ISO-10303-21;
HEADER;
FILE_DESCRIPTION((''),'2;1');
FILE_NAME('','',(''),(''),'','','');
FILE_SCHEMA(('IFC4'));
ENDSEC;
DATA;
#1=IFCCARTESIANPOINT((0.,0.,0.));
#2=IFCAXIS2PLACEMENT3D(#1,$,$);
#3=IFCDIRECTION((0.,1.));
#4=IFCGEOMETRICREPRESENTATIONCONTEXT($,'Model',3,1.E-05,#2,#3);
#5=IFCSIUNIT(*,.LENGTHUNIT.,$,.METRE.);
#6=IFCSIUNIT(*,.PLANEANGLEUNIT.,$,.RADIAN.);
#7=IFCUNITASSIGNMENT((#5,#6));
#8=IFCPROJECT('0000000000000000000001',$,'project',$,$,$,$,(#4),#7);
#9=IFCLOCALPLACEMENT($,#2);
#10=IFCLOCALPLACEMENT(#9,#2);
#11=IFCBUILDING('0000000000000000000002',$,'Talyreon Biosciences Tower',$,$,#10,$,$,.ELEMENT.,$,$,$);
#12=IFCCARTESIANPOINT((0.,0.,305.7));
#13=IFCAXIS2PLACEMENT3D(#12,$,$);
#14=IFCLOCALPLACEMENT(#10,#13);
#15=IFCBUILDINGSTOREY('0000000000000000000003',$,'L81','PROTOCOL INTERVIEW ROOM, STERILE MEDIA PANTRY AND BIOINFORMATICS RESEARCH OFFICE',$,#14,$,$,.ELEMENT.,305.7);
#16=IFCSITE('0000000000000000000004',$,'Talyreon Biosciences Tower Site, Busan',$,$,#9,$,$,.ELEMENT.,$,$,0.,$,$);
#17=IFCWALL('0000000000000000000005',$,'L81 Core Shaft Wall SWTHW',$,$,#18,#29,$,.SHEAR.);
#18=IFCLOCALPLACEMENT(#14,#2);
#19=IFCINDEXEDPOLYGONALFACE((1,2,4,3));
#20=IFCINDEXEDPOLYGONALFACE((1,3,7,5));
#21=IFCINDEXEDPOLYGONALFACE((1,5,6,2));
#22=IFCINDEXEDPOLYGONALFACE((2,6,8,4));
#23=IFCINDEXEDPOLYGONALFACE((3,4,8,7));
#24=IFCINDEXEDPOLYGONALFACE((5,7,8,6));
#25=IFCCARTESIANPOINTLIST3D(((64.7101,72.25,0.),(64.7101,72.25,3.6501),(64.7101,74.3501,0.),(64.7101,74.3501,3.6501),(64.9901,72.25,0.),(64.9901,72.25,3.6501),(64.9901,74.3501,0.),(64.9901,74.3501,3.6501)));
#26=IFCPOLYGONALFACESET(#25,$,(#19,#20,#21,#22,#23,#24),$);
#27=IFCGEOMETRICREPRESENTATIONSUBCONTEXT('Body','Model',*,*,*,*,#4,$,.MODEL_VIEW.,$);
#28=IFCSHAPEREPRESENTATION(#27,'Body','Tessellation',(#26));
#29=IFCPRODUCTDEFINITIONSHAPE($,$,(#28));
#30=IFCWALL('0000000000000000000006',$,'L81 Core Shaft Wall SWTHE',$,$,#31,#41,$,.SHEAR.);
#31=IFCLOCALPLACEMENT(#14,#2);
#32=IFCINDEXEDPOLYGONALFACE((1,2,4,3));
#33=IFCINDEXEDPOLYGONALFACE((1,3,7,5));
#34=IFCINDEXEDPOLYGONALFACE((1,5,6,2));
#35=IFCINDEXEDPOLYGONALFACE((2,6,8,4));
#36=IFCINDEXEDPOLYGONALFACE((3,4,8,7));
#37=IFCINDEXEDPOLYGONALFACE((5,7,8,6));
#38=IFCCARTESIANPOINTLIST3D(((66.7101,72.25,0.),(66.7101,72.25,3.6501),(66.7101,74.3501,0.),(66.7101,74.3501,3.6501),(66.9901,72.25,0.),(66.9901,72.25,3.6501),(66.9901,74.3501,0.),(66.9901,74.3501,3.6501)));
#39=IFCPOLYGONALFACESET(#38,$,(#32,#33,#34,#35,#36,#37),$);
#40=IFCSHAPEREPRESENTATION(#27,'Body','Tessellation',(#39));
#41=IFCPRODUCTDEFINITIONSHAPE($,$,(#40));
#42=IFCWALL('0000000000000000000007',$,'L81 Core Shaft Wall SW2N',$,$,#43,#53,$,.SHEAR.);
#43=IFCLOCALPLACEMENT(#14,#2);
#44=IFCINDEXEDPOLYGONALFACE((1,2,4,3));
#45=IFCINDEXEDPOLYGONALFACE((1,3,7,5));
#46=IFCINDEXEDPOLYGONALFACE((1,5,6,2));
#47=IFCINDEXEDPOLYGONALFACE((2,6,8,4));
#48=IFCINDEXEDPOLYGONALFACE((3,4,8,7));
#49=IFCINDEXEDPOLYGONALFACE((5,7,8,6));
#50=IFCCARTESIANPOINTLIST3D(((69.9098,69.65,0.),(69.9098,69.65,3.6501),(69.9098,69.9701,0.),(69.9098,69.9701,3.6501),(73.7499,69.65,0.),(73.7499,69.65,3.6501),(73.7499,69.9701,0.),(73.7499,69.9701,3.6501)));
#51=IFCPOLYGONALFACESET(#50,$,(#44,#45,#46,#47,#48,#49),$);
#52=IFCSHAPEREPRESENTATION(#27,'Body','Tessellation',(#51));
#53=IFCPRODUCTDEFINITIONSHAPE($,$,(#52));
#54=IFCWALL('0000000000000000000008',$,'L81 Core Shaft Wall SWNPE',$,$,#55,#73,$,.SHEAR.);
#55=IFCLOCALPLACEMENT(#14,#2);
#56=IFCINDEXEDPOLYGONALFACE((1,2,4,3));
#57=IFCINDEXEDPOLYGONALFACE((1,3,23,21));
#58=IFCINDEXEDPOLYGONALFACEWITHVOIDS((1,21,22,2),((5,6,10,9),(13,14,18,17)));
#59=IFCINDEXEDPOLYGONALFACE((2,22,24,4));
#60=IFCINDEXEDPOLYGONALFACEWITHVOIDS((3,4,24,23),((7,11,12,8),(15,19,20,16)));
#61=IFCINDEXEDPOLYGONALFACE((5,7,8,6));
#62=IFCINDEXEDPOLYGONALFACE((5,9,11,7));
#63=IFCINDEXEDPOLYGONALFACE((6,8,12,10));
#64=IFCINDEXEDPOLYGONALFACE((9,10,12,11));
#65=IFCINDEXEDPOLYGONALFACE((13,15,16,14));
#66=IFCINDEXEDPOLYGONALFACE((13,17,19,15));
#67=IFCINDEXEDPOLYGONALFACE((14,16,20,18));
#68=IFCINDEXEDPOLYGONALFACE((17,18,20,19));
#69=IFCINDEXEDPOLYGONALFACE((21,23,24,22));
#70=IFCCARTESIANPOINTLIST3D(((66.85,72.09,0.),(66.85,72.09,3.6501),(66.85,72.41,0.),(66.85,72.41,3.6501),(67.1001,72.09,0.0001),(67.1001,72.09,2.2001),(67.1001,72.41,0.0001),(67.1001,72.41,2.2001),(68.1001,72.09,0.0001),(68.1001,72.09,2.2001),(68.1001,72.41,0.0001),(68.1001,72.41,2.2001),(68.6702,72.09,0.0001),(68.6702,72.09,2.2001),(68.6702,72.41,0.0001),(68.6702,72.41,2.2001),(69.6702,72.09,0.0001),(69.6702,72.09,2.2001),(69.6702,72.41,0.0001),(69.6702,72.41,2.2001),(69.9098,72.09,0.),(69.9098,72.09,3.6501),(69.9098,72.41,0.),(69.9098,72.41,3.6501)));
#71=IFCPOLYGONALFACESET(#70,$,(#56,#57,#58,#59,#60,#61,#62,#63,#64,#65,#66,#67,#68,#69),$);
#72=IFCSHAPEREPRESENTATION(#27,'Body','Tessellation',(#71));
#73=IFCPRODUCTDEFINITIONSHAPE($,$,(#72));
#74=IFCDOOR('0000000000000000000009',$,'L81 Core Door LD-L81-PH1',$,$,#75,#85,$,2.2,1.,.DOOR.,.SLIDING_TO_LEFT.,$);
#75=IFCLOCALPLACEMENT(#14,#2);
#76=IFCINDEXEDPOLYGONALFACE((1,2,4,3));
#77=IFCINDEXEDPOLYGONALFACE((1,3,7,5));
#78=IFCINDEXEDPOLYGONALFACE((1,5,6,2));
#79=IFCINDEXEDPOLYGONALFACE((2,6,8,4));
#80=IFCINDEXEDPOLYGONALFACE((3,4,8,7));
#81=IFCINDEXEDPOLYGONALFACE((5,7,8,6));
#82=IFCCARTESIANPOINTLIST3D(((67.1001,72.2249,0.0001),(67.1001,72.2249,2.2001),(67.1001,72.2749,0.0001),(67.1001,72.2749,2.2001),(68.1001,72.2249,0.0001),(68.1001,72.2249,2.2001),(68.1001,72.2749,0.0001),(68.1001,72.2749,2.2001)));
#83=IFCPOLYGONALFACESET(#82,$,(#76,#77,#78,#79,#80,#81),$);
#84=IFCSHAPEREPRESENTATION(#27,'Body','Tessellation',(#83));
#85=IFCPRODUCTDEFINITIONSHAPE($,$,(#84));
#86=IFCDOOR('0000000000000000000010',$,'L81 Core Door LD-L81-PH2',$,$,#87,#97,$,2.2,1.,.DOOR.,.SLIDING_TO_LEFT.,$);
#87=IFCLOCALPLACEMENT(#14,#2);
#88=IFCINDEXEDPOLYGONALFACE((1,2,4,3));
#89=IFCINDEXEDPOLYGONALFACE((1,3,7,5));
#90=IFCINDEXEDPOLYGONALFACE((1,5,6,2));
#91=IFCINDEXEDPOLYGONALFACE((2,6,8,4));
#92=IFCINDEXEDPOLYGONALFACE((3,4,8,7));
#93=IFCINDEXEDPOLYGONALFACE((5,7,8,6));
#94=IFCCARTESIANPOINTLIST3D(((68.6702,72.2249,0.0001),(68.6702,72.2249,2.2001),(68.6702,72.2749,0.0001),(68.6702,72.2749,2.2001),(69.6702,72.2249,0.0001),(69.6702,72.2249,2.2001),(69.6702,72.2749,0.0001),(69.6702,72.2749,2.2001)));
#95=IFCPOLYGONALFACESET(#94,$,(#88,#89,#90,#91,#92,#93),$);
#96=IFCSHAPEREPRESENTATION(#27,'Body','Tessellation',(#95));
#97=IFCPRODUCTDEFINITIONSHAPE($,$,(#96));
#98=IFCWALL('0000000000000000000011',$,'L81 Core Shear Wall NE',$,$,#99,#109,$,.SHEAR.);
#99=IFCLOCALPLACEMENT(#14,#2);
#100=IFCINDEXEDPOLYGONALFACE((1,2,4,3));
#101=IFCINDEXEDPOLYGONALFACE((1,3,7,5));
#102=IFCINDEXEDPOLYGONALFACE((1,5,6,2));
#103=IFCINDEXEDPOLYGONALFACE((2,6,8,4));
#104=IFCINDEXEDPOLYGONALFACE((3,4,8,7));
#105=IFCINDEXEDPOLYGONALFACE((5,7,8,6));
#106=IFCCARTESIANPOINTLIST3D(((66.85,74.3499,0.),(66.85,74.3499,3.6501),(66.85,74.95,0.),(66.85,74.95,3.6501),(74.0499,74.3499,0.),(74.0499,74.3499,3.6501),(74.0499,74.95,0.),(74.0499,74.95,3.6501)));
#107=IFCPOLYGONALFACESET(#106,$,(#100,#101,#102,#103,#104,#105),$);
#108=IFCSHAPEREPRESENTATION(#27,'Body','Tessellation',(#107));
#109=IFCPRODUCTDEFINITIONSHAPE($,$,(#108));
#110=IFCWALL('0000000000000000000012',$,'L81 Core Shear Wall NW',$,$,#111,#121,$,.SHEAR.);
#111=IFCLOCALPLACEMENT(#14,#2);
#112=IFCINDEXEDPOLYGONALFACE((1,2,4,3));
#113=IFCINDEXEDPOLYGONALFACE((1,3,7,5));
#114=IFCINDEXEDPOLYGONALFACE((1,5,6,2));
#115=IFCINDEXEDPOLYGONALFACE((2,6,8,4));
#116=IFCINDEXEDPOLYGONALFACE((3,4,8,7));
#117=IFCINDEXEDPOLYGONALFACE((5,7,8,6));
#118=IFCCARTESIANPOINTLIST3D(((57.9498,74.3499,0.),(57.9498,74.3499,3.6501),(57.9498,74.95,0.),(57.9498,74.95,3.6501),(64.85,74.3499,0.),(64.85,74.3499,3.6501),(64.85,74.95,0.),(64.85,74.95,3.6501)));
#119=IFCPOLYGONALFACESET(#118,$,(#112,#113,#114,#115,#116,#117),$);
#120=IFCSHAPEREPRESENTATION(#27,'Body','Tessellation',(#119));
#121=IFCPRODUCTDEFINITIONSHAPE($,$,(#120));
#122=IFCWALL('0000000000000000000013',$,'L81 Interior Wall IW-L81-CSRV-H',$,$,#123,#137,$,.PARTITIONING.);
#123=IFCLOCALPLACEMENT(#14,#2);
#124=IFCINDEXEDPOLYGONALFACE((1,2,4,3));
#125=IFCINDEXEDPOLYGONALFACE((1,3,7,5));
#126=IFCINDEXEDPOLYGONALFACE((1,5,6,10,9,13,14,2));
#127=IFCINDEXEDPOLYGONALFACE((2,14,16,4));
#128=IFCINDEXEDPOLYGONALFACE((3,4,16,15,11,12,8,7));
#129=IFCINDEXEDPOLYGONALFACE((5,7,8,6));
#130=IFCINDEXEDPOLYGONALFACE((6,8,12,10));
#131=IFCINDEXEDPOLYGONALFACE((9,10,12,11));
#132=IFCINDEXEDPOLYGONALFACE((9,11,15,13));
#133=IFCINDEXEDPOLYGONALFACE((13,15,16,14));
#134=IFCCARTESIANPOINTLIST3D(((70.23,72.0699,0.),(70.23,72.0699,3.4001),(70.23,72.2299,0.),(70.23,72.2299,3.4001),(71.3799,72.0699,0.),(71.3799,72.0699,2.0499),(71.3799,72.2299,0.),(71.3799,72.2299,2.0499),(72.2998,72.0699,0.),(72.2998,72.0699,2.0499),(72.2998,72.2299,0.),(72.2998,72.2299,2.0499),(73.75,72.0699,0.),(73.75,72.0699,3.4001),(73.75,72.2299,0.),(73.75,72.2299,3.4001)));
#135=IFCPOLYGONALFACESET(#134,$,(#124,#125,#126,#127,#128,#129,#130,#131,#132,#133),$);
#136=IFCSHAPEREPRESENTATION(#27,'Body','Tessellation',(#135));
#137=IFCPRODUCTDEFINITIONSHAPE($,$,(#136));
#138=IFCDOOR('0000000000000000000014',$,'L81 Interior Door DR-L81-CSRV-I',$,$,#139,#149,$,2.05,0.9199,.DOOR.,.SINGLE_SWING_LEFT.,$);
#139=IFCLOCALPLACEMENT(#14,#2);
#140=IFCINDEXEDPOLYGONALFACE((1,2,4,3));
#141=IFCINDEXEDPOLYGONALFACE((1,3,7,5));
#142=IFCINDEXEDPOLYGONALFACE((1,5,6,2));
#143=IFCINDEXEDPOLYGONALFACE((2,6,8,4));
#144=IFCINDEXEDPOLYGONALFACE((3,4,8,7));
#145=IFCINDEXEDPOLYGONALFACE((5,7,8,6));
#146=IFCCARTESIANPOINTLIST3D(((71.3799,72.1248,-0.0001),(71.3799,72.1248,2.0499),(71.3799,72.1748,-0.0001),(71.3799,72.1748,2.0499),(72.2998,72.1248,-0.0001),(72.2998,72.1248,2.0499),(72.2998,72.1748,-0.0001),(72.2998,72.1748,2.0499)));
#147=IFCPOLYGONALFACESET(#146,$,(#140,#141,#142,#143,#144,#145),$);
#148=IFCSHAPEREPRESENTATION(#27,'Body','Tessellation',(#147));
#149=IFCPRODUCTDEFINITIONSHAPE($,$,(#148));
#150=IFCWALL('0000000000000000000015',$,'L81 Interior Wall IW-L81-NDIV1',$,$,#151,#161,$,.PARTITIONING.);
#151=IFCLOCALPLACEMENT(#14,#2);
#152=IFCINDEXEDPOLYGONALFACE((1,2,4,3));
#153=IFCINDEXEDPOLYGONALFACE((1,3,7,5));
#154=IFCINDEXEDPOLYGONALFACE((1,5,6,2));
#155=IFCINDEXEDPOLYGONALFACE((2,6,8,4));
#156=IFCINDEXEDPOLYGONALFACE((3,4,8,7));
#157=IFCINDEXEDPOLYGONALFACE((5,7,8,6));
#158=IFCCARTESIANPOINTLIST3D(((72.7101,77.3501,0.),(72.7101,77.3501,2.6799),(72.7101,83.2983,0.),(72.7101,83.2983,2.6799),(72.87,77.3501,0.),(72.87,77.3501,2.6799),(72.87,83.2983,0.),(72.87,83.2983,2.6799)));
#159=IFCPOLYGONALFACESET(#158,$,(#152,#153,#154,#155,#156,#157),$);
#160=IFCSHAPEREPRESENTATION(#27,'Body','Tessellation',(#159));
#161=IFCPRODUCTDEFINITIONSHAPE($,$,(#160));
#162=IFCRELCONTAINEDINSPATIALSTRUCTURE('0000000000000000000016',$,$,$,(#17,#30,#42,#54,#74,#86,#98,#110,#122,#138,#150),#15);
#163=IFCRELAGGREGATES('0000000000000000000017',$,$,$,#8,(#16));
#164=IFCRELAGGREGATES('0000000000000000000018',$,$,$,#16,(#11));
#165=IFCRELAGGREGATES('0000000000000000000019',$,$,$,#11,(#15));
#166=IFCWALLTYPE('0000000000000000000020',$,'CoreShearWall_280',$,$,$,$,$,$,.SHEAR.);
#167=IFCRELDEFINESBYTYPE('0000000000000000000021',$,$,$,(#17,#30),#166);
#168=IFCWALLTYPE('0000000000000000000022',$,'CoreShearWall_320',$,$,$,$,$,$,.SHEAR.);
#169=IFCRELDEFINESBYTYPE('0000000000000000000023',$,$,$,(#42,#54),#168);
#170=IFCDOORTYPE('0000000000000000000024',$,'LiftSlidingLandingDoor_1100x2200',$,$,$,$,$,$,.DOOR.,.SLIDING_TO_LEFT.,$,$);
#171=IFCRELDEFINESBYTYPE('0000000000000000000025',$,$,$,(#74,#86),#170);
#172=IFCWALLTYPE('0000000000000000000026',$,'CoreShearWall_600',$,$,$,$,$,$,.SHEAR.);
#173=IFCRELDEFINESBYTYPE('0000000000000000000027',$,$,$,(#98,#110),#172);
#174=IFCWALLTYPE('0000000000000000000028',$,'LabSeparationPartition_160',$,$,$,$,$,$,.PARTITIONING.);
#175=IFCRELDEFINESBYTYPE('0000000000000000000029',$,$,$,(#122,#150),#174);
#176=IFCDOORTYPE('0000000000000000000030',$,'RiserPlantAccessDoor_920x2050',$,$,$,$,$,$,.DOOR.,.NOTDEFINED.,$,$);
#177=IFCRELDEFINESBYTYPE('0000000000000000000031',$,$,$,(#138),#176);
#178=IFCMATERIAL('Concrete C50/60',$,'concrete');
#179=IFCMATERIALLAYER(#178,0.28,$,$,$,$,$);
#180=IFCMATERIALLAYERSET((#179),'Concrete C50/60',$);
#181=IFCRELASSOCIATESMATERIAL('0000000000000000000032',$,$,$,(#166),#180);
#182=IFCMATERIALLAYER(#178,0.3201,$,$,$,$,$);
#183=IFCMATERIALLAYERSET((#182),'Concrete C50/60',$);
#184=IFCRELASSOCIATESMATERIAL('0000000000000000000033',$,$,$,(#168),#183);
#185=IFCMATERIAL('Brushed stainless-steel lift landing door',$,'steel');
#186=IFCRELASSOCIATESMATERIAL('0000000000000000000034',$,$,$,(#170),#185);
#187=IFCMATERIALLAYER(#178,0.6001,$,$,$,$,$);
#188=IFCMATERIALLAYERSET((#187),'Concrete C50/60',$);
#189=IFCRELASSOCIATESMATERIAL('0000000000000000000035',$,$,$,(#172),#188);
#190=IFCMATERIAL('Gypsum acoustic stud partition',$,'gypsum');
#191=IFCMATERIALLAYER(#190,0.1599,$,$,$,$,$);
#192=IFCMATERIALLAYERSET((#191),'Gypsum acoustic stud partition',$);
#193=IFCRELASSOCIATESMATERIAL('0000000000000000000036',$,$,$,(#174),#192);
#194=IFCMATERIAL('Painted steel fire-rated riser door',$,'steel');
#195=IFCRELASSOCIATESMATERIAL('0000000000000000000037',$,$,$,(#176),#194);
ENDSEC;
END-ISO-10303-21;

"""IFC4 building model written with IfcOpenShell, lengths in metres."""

from ifc_helpers import new_model, si_unit, direction, frame, frame_2d, origin, place, context, subcontext, project, spatial, rectangle, extrude, material, layer, layer_set, type_object, element, fill, save


model = new_model("IFC4")

# Units and contexts
model_context = context("Model", 3, precision=1e-05, world=origin(), true_north=direction((0.0, 1.0)))
body_context = subcontext(model_context, "Body", "Model", "MODEL_VIEW")
ifc_project = project(units=[si_unit("LENGTHUNIT", "METRE"), si_unit("PLANEANGLEUNIT", "RADIAN")], contexts=[model_context])

# Site, building, storey
site_placement = place(None, origin())
site = spatial("IfcSite", under=ifc_project, at=site_placement, Name="Talyreon Biosciences Tower Site, Busan", CompositionType="ELEMENT", RefElevation=0.0)
building_placement = place(site_placement, origin())
building = spatial("IfcBuilding", under=site, at=building_placement, Name="Talyreon Biosciences Tower", CompositionType="ELEMENT")
storey_placement = place(building_placement, frame((0.0, 0.0, 305.7)))
storey = spatial("IfcBuildingStorey", under=building, at=storey_placement, Name="L81", Description="PROTOCOL INTERVIEW ROOM, STERILE MEDIA PANTRY AND BIOINFORMATICS RESEARCH OFFICE", CompositionType="ELEMENT", Elevation=305.7)

# Shared definitions
ifc_material_1 = material(Name="Concrete C50/60", Category="concrete")

# Walls
ifc_layer_1 = layer(ifc_material_1, 0.28)
ifc_layer_set_1 = layer_set([ifc_layer_1], Name="Concrete C50/60")
wall_type_1 = type_object("IfcWallType", Name="CoreShearWall_280", PredefinedType="SHEAR", material=ifc_layer_set_1)
for number, where, z_axis, x_axis, name in (
    (1, (64.8501, 72.25, 0.0), (0.0, 0.0, 1.0), (0.0, 1.0, 0.0), "L81 Core Shaft Wall SWTHW"),
    (2, (66.8501, 72.25, 0.0), (0.0, 0.0, 1.0), (0.0, 1.0, 0.0), "L81 Core Shaft Wall SWTHE"),
):
    element("IfcWall", number, at=place(storey_placement, frame(where, z_axis=z_axis, x_axis=x_axis)), inside=storey, type_object=wall_type_1, Name=name, PredefinedType="SHEAR", context=body_context, shape_type="SweptSolid", body=[
        extrude(rectangle(XDim=2.1001, YDim=0.28, at=frame_2d((1.05, 0.0))), origin(), (0.0, 0.0, 1.0), 3.6501),
    ])
ifc_layer_2 = layer(ifc_material_1, 0.3201)
ifc_layer_set_2 = layer_set([ifc_layer_2], Name="Concrete C50/60")
wall_type_2 = type_object("IfcWallType", Name="CoreShearWall_320", PredefinedType="SHEAR", material=ifc_layer_set_2)
wall_1_placement = place(storey_placement, frame((69.9099, 69.8101, 0.0), z_axis=(0.0, 0.0, 1.0), x_axis=(1.0, 0.0, 0.0)))
element("IfcWall", 3, at=wall_1_placement, inside=storey, type_object=wall_type_2, Name="L81 Core Shaft Wall SW2N", PredefinedType="SHEAR", context=body_context, shape_type="SweptSolid", body=[
    extrude(rectangle(XDim=3.8401, YDim=0.3201, at=frame_2d((1.9199, 0.0))), origin(), (0.0, 0.0, 1.0), 3.6501),
])

# Wall, openings, doors
wall_2_placement = place(storey_placement, frame((66.8501, 72.25, 0.0), z_axis=(0.0, 0.0, 1.0), x_axis=(1.0, 0.0, 0.0)))
wall_2 = element("IfcWall", 4, at=wall_2_placement, inside=storey, type_object=wall_type_2, Name="L81 Core Shaft Wall SWNPE", PredefinedType="SHEAR", context=body_context, shape_type="SweptSolid", body=[
    extrude(rectangle(XDim=3.0598, YDim=0.3201, at=frame_2d((1.5298, 0.0))), origin(), (0.0, 0.0, 1.0), 3.6501),
])
opening_1_placement = place(wall_2_placement, frame((0.25, 0.0, 0.0)))
opening_1 = element("IfcOpeningElement", 5, at=opening_1_placement, cuts=wall_2, PredefinedType="OPENING", context=body_context, shape_type="SweptSolid", body=[
    extrude(rectangle(XDim=1.0, YDim=2.2, at=frame_2d((0.5, 1.1001))), frame((0.0, 0.1699, 0.0), z_axis=(0.0, -1.0, 0.0), x_axis=(1.0, 0.0, 0.0)), (0.0, 0.0, 1.0), 0.3401),
])
opening_2_placement = place(wall_2_placement, frame((1.8201, 0.0, 0.0)))
opening_2 = element("IfcOpeningElement", 6, at=opening_2_placement, cuts=wall_2, PredefinedType="OPENING", context=body_context, shape_type="SweptSolid", body=[
    extrude(rectangle(XDim=1.0, YDim=2.2, at=frame_2d((0.5, 1.1001))), frame((0.0, 0.1699, 0.0), z_axis=(0.0, -1.0, 0.0), x_axis=(1.0, 0.0, 0.0)), (0.0, 0.0, 1.0), 0.3401),
])
ifc_material_2 = material(Name="Brushed stainless-steel lift landing door", Category="steel")
door_type_1 = type_object("IfcDoorType", Name="LiftSlidingLandingDoor_1100x2200", OperationType="SLIDING_TO_LEFT", PredefinedType="DOOR", material=ifc_material_2)
door_1_placement = place(opening_1_placement, origin())
door_1 = element("IfcDoor", 7, at=door_1_placement, inside=storey, type_object=door_type_1, Name="L81 Core Door LD-L81-PH1", OperationType="SLIDING_TO_LEFT", OverallHeight=2.2, OverallWidth=1.0, PredefinedType="DOOR", context=body_context, shape_type="SweptSolid", body=[
    extrude(rectangle(XDim=1.0, YDim=2.2, at=frame_2d((0.5, 1.1001))), frame((0.0, 0.0249, 0.0), z_axis=(0.0, -1.0, 0.0), x_axis=(1.0, 0.0, 0.0)), (0.0, 0.0, 1.0), 0.05),
])
fill(opening_1, door_1)
door_2_placement = place(opening_2_placement, origin())
door_2 = element("IfcDoor", 8, at=door_2_placement, inside=storey, type_object=door_type_1, Name="L81 Core Door LD-L81-PH2", OperationType="SLIDING_TO_LEFT", OverallHeight=2.2, OverallWidth=1.0, PredefinedType="DOOR", context=body_context, shape_type="SweptSolid", body=[
    extrude(rectangle(XDim=1.0, YDim=2.2, at=frame_2d((0.5, 1.1001))), frame((0.0, 0.0249, 0.0), z_axis=(0.0, -1.0, 0.0), x_axis=(1.0, 0.0, 0.0)), (0.0, 0.0, 1.0), 0.05),
])
fill(opening_2, door_2)

# Walls
ifc_layer_3 = layer(ifc_material_1, 0.6001)
ifc_layer_set_3 = layer_set([ifc_layer_3], Name="Concrete C50/60")
wall_type_3 = type_object("IfcWallType", Name="CoreShearWall_600", PredefinedType="SHEAR", material=ifc_layer_set_3)
wall_3_placement = place(storey_placement, frame((74.05, 74.6499, 0.0), z_axis=(0.0, 0.0, 1.0), x_axis=(-1.0, 0.0, 0.0)))
element("IfcWall", 9, at=wall_3_placement, inside=storey, type_object=wall_type_3, Name="L81 Core Shear Wall NE", PredefinedType="SHEAR", context=body_context, shape_type="SweptSolid", body=[
    extrude(rectangle(XDim=7.2, YDim=0.6001, at=frame_2d((3.6001, 0.0))), origin(), (0.0, 0.0, 1.0), 3.6501),
])
wall_4_placement = place(storey_placement, frame((64.8501, 74.6499, 0.0), z_axis=(0.0, 0.0, 1.0), x_axis=(-1.0, 0.0, 0.0)))
element("IfcWall", 10, at=wall_4_placement, inside=storey, type_object=wall_type_3, Name="L81 Core Shear Wall NW", PredefinedType="SHEAR", context=body_context, shape_type="SweptSolid", body=[
    extrude(rectangle(XDim=6.9001, YDim=0.6001, at=frame_2d((3.4502, 0.0))), origin(), (0.0, 0.0, 1.0), 3.6501),
])

# Wall, opening, door
ifc_material_3 = material(Name="Gypsum acoustic stud partition", Category="gypsum")
ifc_layer_4 = layer(ifc_material_3, 0.1599)
ifc_layer_set_4 = layer_set([ifc_layer_4], Name="Gypsum acoustic stud partition")
wall_type_4 = type_object("IfcWallType", Name="LabSeparationPartition_160", PredefinedType="PARTITIONING", material=ifc_layer_set_4)
wall_5_placement = place(storey_placement, frame((70.23, 72.1499, 0.0), z_axis=(0.0, 0.0, 1.0), x_axis=(1.0, 0.0, 0.0)))
wall_5 = element("IfcWall", 11, at=wall_5_placement, inside=storey, type_object=wall_type_4, Name="L81 Interior Wall IW-L81-CSRV-H", PredefinedType="PARTITIONING", context=body_context, shape_type="SweptSolid", body=[
    extrude(rectangle(XDim=3.52, YDim=0.1599, at=frame_2d((1.76, 0.0))), origin(), (0.0, 0.0, 1.0), 3.4001),
])
opening_3_placement = place(wall_5_placement, frame((1.1499, 0.0, 0.0)))
opening_3 = element("IfcOpeningElement", 12, at=opening_3_placement, cuts=wall_5, PredefinedType="OPENING", context=body_context, shape_type="SweptSolid", body=[
    extrude(rectangle(XDim=0.9199, YDim=2.05, at=frame_2d((0.46, 1.0249))), frame((0.0, 0.0898, 0.0), z_axis=(0.0, -1.0, 0.0), x_axis=(1.0, 0.0, 0.0)), (0.0, 0.0, 1.0), 0.1799),
])
ifc_material_4 = material(Name="Painted steel fire-rated riser door", Category="steel")
door_type_2 = type_object("IfcDoorType", Name="RiserPlantAccessDoor_920x2050", OperationType="NOTDEFINED", PredefinedType="DOOR", material=ifc_material_4)
door_3_placement = place(opening_3_placement, origin())
door_3 = element("IfcDoor", 13, at=door_3_placement, inside=storey, type_object=door_type_2, Name="L81 Interior Door DR-L81-CSRV-I", OperationType="SINGLE_SWING_LEFT", OverallHeight=2.05, OverallWidth=0.9199, PredefinedType="DOOR", context=body_context, shape_type="SweptSolid", body=[
    extrude(rectangle(XDim=0.9199, YDim=2.05, at=frame_2d((0.46, 1.0249))), frame((0.0, 0.0249, 0.0), z_axis=(0.0, -1.0, 0.0), x_axis=(1.0, 0.0, 0.0)), (0.0, 0.0, 1.0), 0.05),
])
fill(opening_3, door_3)

# Wall
wall_6_placement = place(storey_placement, frame((72.79, 77.3501, 0.0), z_axis=(0.0, 0.0, 1.0), x_axis=(0.0, 1.0, 0.0)))
element("IfcWall", 14, at=wall_6_placement, inside=storey, type_object=wall_type_4, Name="L81 Interior Wall IW-L81-NDIV1", PredefinedType="PARTITIONING", context=body_context, shape_type="SweptSolid", body=[
    extrude(rectangle(XDim=5.9482, YDim=0.1599, at=frame_2d((2.9741, 0.0))), origin(), (0.0, 0.0, 1.0), 2.6799),
])

save(model, "model.ifc")
